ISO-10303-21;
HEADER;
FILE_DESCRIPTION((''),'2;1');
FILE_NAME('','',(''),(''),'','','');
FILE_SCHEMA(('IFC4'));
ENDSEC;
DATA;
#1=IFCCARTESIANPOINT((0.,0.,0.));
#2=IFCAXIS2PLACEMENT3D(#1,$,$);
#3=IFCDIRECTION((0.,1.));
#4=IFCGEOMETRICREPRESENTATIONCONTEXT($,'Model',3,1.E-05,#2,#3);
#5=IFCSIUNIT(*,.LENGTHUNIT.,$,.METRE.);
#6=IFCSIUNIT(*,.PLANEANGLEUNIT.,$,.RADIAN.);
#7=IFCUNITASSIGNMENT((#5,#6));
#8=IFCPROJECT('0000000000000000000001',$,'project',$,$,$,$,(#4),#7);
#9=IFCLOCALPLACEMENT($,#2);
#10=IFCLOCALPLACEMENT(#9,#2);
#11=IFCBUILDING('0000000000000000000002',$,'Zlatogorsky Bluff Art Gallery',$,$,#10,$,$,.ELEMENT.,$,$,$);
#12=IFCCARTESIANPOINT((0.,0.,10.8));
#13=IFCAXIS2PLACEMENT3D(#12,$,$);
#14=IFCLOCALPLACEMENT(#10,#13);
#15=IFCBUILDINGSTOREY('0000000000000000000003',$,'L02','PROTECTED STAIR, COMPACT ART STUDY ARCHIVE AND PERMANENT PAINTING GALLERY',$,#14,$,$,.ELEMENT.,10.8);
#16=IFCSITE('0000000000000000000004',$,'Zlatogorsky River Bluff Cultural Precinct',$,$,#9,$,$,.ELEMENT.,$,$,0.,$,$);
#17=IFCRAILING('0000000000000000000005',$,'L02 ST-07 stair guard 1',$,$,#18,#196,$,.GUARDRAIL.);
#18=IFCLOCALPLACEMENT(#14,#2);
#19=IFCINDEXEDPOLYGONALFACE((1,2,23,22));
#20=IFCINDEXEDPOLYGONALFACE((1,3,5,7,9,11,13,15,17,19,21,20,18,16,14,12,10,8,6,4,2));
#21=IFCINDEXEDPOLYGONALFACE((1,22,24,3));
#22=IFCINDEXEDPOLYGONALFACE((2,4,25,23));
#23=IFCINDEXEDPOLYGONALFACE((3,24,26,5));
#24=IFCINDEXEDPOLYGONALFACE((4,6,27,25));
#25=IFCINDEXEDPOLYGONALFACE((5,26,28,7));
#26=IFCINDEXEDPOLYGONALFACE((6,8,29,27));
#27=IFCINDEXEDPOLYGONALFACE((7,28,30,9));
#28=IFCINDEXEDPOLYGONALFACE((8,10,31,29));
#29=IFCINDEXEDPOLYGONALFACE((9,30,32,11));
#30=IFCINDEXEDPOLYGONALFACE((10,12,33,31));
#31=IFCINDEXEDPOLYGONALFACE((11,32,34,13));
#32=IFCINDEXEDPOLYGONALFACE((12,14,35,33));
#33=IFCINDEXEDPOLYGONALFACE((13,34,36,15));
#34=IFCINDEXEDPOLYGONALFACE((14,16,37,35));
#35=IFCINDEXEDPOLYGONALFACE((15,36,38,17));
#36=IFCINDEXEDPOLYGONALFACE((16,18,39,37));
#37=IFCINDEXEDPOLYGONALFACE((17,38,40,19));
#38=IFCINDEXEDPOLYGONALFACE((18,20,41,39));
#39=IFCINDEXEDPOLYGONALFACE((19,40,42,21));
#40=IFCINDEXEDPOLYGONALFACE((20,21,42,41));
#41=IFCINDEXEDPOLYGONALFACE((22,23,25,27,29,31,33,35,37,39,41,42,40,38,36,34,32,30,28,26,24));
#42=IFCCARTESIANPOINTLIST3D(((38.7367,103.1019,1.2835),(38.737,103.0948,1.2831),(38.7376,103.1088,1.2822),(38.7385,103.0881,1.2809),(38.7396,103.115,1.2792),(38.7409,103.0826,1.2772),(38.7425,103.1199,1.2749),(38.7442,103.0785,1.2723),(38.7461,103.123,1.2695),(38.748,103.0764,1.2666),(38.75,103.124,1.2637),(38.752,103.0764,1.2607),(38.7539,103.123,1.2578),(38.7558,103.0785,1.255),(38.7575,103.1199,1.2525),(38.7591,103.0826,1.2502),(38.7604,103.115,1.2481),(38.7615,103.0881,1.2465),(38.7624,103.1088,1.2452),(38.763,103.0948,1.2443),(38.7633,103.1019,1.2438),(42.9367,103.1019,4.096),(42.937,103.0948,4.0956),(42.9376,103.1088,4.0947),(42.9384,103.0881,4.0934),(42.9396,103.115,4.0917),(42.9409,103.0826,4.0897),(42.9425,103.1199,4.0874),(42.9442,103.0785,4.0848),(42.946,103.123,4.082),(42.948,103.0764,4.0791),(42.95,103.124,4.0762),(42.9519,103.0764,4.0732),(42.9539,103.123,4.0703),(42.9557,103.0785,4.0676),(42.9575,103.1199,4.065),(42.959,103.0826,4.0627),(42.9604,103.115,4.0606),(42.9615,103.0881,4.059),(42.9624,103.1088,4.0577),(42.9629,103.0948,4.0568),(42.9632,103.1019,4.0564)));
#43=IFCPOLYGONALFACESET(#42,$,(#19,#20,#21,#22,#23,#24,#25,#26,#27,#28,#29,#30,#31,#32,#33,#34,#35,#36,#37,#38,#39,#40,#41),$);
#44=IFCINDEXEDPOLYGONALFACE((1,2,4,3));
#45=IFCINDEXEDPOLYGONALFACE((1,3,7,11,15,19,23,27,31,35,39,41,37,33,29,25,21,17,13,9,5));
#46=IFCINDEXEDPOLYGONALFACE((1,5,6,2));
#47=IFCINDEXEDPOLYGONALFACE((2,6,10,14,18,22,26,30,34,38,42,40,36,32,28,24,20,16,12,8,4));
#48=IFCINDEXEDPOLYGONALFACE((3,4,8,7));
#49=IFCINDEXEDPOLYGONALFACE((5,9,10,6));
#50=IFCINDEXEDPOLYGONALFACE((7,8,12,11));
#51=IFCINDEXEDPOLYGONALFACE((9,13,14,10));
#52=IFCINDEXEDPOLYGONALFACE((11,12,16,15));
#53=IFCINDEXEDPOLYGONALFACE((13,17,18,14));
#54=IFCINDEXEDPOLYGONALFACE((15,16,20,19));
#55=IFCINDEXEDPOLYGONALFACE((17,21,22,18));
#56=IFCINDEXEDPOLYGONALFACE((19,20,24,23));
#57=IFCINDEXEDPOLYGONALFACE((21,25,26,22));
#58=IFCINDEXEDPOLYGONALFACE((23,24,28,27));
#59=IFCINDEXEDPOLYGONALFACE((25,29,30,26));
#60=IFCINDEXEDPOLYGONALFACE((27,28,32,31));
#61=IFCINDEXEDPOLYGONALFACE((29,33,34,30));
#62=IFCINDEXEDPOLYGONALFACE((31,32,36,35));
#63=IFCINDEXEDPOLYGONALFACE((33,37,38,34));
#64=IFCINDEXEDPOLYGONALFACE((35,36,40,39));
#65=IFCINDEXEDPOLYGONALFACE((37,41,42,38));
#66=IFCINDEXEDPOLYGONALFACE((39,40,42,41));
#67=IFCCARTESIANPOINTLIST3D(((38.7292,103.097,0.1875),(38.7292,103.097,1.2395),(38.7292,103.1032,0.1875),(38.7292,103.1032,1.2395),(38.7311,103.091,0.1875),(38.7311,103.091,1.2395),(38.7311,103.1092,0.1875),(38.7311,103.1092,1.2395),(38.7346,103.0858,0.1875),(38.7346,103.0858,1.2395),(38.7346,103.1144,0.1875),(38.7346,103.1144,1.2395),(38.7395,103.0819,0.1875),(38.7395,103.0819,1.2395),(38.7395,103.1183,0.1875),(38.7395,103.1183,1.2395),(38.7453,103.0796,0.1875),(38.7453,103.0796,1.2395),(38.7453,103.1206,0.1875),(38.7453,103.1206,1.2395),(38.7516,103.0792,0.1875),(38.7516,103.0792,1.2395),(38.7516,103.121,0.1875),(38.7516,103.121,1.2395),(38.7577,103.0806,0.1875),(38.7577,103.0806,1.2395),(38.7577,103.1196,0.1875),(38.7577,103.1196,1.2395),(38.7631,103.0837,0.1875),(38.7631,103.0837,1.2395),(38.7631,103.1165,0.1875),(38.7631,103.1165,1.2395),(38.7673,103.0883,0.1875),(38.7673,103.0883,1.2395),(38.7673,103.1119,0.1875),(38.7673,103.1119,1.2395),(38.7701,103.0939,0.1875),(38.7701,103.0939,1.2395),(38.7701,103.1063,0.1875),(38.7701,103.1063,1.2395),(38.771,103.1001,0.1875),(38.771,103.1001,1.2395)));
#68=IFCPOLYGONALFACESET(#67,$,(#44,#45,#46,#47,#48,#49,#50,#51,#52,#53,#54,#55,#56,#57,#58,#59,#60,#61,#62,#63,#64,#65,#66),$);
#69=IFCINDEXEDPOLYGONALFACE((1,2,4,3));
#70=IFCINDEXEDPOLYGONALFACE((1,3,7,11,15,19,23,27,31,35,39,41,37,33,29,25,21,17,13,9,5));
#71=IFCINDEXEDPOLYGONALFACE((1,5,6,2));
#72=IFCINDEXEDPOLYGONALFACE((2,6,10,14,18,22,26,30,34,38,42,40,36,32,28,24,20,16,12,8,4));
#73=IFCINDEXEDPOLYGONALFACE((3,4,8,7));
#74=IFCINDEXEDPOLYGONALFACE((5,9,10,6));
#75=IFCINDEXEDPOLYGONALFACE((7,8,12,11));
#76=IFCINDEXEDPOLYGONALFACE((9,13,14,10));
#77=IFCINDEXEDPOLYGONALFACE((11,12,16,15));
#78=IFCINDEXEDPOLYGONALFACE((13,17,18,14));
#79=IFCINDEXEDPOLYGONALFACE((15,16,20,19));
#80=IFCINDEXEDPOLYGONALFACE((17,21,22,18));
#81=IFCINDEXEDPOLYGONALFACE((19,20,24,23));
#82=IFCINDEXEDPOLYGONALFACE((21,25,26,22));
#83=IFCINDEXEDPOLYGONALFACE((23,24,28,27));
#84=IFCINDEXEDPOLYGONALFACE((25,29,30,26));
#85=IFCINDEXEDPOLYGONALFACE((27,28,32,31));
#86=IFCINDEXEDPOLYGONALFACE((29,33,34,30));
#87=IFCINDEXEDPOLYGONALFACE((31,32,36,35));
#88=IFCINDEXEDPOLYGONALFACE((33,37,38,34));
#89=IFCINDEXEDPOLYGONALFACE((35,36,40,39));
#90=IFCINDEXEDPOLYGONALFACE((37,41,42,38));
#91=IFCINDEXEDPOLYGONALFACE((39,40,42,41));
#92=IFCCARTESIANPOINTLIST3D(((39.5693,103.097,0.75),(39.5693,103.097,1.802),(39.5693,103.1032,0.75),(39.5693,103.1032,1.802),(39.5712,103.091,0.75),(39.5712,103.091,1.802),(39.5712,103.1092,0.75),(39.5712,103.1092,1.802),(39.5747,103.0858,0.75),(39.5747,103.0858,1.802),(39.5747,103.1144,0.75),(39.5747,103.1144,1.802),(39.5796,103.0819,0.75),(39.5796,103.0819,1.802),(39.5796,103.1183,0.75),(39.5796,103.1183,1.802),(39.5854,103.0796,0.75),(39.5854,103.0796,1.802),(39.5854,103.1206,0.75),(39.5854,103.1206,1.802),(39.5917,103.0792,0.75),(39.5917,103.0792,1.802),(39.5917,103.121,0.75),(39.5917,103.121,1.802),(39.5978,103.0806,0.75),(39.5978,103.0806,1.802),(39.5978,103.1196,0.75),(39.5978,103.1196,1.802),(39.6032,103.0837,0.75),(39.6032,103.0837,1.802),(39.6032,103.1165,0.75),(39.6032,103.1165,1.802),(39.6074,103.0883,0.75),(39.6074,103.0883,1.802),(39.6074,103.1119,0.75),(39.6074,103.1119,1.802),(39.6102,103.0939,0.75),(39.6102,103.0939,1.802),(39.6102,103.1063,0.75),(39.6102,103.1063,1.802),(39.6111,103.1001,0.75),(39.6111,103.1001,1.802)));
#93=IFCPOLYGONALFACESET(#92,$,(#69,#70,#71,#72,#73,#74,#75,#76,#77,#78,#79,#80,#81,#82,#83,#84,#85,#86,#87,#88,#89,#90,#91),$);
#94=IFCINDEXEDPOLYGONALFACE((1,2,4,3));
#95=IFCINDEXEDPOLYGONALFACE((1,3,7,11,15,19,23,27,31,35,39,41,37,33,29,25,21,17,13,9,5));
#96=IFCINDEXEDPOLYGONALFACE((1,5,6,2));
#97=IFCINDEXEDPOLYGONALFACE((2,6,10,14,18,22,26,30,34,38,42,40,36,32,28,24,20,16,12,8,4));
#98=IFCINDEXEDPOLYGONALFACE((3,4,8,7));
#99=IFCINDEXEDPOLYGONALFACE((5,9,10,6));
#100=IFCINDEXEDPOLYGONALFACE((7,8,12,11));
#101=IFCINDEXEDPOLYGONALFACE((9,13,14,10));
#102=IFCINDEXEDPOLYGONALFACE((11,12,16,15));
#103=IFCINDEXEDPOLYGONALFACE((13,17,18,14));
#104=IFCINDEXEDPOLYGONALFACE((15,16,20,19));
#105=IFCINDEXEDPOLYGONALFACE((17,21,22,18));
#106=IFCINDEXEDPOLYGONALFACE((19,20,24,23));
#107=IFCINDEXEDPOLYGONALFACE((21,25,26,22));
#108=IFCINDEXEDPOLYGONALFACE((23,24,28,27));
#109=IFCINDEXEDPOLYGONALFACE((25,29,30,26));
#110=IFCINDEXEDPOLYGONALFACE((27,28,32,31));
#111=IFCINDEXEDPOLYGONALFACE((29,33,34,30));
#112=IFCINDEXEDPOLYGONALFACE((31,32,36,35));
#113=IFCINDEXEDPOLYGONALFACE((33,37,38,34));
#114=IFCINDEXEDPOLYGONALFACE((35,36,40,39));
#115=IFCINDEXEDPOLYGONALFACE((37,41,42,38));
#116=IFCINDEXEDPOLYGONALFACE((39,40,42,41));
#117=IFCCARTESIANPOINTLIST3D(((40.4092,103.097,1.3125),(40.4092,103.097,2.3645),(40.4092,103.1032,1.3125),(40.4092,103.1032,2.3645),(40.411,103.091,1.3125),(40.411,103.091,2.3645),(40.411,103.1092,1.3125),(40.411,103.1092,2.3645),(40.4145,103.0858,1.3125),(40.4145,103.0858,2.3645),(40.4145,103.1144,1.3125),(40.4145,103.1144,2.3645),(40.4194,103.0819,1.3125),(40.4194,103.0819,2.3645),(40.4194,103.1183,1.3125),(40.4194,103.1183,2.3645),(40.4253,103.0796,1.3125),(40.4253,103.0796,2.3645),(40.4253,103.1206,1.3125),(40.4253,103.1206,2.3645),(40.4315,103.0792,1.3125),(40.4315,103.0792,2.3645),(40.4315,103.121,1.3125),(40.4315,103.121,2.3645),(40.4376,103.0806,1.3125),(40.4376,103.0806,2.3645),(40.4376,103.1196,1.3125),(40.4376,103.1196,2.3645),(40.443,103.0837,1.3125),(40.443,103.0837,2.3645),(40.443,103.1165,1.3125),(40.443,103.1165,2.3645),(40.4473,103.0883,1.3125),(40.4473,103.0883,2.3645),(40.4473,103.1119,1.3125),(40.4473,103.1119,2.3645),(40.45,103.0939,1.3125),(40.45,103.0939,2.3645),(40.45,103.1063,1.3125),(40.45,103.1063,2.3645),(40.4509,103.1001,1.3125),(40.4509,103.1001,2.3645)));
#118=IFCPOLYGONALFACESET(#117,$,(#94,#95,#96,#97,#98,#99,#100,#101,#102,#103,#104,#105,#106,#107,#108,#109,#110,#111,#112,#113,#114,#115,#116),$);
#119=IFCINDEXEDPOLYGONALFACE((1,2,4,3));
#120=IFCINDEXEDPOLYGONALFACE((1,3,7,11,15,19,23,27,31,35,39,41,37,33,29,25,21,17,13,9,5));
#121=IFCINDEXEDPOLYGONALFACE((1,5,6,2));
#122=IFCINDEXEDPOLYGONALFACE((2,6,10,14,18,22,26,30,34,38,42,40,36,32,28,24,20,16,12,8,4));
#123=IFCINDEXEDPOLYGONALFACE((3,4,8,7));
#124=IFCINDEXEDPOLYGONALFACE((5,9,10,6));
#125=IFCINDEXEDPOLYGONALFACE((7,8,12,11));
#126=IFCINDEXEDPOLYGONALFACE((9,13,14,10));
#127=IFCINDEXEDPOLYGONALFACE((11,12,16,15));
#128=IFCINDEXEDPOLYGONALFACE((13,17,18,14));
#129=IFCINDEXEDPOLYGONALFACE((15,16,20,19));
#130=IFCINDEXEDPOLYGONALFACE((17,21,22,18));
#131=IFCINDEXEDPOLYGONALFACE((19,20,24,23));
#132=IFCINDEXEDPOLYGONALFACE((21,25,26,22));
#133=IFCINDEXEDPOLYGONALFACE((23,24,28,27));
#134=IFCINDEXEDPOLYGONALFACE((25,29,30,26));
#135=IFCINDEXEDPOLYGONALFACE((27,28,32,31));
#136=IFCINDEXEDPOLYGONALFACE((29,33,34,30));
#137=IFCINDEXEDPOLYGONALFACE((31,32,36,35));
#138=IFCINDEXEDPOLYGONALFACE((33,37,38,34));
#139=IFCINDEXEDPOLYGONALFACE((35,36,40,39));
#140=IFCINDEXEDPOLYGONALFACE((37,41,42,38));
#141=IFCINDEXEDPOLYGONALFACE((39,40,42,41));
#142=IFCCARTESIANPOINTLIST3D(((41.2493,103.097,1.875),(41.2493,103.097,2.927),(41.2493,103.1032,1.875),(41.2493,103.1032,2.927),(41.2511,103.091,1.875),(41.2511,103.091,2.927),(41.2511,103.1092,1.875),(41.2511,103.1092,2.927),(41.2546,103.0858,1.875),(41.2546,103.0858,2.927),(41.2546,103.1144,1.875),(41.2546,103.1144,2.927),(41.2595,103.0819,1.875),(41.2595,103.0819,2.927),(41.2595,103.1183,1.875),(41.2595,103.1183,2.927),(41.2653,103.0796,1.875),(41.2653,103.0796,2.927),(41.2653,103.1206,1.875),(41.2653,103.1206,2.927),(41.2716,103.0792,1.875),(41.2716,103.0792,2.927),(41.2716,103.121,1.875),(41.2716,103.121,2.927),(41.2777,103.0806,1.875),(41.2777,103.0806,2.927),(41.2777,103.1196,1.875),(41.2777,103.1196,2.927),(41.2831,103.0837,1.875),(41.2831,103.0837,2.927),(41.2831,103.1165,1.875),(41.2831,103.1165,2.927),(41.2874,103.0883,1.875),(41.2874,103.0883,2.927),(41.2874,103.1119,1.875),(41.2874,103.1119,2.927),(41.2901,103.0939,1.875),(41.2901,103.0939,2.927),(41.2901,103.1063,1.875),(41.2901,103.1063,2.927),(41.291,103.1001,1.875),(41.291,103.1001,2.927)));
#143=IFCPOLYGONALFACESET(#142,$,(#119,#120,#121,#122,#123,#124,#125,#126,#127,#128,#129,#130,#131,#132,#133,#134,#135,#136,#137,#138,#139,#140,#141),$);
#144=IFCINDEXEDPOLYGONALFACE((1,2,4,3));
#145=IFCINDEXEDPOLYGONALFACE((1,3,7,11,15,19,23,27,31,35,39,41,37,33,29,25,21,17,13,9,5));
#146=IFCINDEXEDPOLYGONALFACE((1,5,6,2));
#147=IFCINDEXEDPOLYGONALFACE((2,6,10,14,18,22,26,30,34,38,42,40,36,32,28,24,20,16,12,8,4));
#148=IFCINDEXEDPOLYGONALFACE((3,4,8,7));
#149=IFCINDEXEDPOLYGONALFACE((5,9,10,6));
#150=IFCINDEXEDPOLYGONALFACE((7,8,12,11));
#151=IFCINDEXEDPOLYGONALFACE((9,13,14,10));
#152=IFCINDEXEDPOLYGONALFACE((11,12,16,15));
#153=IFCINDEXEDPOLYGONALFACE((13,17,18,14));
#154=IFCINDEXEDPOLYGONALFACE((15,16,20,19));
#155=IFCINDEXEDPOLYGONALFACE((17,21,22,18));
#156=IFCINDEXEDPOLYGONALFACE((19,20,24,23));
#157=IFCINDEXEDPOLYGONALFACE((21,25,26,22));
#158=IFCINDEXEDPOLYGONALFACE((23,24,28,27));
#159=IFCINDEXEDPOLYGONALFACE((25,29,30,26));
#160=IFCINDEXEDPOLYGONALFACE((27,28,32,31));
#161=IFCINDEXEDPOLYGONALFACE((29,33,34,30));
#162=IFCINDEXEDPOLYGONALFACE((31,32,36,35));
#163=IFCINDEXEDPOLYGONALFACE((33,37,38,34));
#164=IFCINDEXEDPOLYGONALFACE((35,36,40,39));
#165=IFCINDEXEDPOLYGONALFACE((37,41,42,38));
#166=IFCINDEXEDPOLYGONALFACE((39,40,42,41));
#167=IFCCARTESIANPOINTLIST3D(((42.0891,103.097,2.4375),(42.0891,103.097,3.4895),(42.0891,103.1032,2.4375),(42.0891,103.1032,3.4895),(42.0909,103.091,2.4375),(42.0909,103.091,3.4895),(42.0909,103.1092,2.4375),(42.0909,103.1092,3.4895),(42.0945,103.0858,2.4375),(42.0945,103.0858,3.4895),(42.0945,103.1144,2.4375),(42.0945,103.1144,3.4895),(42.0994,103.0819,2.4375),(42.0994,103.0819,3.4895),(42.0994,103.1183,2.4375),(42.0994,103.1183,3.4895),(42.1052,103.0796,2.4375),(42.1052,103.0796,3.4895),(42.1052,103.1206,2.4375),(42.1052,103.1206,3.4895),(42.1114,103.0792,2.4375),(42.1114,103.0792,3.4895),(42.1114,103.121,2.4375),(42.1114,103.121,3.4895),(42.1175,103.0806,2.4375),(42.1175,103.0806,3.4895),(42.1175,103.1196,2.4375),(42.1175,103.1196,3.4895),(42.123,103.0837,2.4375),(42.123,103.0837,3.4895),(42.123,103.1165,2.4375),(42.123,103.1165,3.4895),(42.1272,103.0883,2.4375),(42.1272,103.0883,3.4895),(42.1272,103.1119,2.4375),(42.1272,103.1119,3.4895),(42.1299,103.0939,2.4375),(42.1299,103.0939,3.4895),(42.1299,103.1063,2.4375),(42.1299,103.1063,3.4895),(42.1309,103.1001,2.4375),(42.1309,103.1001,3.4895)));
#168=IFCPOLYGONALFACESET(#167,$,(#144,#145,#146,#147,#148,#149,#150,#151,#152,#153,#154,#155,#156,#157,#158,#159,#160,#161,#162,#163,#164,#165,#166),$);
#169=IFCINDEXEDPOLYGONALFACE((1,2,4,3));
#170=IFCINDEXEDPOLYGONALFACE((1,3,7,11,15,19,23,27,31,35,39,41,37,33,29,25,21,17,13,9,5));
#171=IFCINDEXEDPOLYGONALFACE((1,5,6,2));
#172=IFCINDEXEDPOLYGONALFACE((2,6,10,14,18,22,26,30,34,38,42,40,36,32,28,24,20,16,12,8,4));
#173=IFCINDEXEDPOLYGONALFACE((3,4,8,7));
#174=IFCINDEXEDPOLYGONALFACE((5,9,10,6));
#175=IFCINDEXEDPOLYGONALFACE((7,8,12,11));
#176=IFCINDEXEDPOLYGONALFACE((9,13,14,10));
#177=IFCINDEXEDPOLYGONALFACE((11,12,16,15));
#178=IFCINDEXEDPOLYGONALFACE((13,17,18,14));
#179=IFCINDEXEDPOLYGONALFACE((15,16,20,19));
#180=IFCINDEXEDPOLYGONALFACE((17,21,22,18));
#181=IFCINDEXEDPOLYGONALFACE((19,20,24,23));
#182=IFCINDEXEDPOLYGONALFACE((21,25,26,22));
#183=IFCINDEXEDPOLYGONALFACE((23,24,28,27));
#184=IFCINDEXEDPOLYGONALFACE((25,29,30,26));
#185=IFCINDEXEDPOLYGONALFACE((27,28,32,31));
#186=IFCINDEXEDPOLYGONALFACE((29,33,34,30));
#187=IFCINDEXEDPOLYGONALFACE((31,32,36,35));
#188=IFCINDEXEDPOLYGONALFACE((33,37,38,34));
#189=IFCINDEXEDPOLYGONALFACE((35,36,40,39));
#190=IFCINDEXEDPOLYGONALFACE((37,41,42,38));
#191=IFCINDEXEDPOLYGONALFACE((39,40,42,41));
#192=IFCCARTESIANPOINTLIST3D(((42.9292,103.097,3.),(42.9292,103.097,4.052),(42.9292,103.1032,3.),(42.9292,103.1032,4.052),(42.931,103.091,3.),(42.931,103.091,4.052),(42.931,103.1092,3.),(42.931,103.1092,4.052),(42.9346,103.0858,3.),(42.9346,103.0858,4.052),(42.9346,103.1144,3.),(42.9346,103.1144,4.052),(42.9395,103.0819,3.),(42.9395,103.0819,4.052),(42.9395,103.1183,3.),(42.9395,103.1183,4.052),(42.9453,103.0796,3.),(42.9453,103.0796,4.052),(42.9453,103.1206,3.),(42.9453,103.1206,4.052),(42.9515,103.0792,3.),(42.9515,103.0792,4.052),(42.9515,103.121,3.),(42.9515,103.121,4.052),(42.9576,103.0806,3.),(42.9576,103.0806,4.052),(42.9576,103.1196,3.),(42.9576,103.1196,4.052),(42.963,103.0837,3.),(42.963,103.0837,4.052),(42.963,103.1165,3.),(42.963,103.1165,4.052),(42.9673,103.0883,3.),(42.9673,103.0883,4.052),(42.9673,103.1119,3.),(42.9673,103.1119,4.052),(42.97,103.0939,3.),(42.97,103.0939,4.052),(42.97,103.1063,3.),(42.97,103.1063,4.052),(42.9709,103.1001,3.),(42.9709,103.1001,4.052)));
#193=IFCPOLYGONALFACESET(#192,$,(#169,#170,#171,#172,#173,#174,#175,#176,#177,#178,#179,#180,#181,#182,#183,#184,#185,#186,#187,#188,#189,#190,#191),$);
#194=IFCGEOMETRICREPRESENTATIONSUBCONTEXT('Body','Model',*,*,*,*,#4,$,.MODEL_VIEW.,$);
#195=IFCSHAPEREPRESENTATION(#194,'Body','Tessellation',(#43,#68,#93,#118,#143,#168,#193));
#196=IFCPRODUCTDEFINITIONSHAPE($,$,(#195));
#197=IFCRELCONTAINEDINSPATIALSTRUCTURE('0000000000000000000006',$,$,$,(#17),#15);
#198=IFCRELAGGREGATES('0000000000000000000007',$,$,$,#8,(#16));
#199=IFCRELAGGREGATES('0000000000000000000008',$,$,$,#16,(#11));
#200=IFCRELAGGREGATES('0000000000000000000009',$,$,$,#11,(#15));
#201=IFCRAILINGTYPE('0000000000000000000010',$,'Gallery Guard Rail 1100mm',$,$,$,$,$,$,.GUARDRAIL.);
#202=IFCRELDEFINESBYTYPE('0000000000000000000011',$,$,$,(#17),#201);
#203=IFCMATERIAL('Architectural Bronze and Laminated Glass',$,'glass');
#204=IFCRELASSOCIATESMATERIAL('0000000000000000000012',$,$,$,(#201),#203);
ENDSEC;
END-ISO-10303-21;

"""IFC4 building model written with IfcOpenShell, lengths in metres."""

from ifc_helpers import new_model, si_unit, direction, frame, origin, origin_2d, place, context, subcontext, project, spatial, circle, extrude, material, type_object, element, save


model = new_model("IFC4")

# Units and contexts
model_context = context("Model", 3, precision=1e-05, world=origin(), true_north=direction((0.0, 1.0)))
body_context = subcontext(model_context, "Body", "Model", "MODEL_VIEW")
ifc_project = project(units=[si_unit("LENGTHUNIT", "METRE"), si_unit("PLANEANGLEUNIT", "RADIAN")], contexts=[model_context])

# Site, building, storey
site_placement = place(None, origin())
site = spatial("IfcSite", under=ifc_project, at=site_placement, Name="Zlatogorsky River Bluff Cultural Precinct", CompositionType="ELEMENT", RefElevation=0.0)
building_placement = place(site_placement, origin())
building = spatial("IfcBuilding", under=site, at=building_placement, Name="Zlatogorsky Bluff Art Gallery", CompositionType="ELEMENT")
storey_placement = place(building_placement, frame((0.0, 0.0, 10.8)))
storey = spatial("IfcBuildingStorey", under=building, at=storey_placement, Name="L02", Description="PROTECTED STAIR, COMPACT ART STUDY ARCHIVE AND PERMANENT PAINTING GALLERY", CompositionType="ELEMENT", Elevation=10.8)

# Railing
ifc_material_1 = material(Name="Architectural Bronze and Laminated Glass", Category="glass")
railing_type_1 = type_object("IfcRailingType", Name="Gallery Guard Rail 1100mm", PredefinedType="GUARDRAIL", material=ifc_material_1)
railing_1_placement = place(storey_placement, frame((38.75, 103.1001, 0.1875)))
element("IfcRailing", 1, at=railing_1_placement, inside=storey, type_object=railing_type_1, Name="L02 ST-07 stair guard 1", PredefinedType="GUARDRAIL", context=body_context, shape_type="SweptSolid", body=[
    extrude(circle(Radius=0.0239, at=origin_2d()), frame((0.0, 0.0, 1.0762), z_axis=(0.830904, 0.0, 0.556416), x_axis=(0.0, 1.0, 0.0)), (0.0, 0.0, 1.0), 5.0547),
    extrude(circle(Radius=0.021, at=origin_2d()), origin(), (0.0, 0.0, 1.0), 1.052),
    extrude(circle(Radius=0.021, at=origin_2d()), frame((0.8401, 0.0, 0.5625)), (0.0, 0.0, 1.0), 1.052),
    extrude(circle(Radius=0.021, at=origin_2d()), frame((1.6799, 0.0, 1.125)), (0.0, 0.0, 1.0), 1.052),
    extrude(circle(Radius=0.021, at=origin_2d()), frame((2.52, 0.0, 1.6875)), (0.0, 0.0, 1.0), 1.052),
    extrude(circle(Radius=0.021, at=origin_2d()), frame((3.3599, 0.0, 2.25)), (0.0, 0.0, 1.0), 1.052),
    extrude(circle(Radius=0.021, at=origin_2d()), frame((4.2, 0.0, 2.8125)), (0.0, 0.0, 1.0), 1.052),
])

save(model, "model.ifc")
